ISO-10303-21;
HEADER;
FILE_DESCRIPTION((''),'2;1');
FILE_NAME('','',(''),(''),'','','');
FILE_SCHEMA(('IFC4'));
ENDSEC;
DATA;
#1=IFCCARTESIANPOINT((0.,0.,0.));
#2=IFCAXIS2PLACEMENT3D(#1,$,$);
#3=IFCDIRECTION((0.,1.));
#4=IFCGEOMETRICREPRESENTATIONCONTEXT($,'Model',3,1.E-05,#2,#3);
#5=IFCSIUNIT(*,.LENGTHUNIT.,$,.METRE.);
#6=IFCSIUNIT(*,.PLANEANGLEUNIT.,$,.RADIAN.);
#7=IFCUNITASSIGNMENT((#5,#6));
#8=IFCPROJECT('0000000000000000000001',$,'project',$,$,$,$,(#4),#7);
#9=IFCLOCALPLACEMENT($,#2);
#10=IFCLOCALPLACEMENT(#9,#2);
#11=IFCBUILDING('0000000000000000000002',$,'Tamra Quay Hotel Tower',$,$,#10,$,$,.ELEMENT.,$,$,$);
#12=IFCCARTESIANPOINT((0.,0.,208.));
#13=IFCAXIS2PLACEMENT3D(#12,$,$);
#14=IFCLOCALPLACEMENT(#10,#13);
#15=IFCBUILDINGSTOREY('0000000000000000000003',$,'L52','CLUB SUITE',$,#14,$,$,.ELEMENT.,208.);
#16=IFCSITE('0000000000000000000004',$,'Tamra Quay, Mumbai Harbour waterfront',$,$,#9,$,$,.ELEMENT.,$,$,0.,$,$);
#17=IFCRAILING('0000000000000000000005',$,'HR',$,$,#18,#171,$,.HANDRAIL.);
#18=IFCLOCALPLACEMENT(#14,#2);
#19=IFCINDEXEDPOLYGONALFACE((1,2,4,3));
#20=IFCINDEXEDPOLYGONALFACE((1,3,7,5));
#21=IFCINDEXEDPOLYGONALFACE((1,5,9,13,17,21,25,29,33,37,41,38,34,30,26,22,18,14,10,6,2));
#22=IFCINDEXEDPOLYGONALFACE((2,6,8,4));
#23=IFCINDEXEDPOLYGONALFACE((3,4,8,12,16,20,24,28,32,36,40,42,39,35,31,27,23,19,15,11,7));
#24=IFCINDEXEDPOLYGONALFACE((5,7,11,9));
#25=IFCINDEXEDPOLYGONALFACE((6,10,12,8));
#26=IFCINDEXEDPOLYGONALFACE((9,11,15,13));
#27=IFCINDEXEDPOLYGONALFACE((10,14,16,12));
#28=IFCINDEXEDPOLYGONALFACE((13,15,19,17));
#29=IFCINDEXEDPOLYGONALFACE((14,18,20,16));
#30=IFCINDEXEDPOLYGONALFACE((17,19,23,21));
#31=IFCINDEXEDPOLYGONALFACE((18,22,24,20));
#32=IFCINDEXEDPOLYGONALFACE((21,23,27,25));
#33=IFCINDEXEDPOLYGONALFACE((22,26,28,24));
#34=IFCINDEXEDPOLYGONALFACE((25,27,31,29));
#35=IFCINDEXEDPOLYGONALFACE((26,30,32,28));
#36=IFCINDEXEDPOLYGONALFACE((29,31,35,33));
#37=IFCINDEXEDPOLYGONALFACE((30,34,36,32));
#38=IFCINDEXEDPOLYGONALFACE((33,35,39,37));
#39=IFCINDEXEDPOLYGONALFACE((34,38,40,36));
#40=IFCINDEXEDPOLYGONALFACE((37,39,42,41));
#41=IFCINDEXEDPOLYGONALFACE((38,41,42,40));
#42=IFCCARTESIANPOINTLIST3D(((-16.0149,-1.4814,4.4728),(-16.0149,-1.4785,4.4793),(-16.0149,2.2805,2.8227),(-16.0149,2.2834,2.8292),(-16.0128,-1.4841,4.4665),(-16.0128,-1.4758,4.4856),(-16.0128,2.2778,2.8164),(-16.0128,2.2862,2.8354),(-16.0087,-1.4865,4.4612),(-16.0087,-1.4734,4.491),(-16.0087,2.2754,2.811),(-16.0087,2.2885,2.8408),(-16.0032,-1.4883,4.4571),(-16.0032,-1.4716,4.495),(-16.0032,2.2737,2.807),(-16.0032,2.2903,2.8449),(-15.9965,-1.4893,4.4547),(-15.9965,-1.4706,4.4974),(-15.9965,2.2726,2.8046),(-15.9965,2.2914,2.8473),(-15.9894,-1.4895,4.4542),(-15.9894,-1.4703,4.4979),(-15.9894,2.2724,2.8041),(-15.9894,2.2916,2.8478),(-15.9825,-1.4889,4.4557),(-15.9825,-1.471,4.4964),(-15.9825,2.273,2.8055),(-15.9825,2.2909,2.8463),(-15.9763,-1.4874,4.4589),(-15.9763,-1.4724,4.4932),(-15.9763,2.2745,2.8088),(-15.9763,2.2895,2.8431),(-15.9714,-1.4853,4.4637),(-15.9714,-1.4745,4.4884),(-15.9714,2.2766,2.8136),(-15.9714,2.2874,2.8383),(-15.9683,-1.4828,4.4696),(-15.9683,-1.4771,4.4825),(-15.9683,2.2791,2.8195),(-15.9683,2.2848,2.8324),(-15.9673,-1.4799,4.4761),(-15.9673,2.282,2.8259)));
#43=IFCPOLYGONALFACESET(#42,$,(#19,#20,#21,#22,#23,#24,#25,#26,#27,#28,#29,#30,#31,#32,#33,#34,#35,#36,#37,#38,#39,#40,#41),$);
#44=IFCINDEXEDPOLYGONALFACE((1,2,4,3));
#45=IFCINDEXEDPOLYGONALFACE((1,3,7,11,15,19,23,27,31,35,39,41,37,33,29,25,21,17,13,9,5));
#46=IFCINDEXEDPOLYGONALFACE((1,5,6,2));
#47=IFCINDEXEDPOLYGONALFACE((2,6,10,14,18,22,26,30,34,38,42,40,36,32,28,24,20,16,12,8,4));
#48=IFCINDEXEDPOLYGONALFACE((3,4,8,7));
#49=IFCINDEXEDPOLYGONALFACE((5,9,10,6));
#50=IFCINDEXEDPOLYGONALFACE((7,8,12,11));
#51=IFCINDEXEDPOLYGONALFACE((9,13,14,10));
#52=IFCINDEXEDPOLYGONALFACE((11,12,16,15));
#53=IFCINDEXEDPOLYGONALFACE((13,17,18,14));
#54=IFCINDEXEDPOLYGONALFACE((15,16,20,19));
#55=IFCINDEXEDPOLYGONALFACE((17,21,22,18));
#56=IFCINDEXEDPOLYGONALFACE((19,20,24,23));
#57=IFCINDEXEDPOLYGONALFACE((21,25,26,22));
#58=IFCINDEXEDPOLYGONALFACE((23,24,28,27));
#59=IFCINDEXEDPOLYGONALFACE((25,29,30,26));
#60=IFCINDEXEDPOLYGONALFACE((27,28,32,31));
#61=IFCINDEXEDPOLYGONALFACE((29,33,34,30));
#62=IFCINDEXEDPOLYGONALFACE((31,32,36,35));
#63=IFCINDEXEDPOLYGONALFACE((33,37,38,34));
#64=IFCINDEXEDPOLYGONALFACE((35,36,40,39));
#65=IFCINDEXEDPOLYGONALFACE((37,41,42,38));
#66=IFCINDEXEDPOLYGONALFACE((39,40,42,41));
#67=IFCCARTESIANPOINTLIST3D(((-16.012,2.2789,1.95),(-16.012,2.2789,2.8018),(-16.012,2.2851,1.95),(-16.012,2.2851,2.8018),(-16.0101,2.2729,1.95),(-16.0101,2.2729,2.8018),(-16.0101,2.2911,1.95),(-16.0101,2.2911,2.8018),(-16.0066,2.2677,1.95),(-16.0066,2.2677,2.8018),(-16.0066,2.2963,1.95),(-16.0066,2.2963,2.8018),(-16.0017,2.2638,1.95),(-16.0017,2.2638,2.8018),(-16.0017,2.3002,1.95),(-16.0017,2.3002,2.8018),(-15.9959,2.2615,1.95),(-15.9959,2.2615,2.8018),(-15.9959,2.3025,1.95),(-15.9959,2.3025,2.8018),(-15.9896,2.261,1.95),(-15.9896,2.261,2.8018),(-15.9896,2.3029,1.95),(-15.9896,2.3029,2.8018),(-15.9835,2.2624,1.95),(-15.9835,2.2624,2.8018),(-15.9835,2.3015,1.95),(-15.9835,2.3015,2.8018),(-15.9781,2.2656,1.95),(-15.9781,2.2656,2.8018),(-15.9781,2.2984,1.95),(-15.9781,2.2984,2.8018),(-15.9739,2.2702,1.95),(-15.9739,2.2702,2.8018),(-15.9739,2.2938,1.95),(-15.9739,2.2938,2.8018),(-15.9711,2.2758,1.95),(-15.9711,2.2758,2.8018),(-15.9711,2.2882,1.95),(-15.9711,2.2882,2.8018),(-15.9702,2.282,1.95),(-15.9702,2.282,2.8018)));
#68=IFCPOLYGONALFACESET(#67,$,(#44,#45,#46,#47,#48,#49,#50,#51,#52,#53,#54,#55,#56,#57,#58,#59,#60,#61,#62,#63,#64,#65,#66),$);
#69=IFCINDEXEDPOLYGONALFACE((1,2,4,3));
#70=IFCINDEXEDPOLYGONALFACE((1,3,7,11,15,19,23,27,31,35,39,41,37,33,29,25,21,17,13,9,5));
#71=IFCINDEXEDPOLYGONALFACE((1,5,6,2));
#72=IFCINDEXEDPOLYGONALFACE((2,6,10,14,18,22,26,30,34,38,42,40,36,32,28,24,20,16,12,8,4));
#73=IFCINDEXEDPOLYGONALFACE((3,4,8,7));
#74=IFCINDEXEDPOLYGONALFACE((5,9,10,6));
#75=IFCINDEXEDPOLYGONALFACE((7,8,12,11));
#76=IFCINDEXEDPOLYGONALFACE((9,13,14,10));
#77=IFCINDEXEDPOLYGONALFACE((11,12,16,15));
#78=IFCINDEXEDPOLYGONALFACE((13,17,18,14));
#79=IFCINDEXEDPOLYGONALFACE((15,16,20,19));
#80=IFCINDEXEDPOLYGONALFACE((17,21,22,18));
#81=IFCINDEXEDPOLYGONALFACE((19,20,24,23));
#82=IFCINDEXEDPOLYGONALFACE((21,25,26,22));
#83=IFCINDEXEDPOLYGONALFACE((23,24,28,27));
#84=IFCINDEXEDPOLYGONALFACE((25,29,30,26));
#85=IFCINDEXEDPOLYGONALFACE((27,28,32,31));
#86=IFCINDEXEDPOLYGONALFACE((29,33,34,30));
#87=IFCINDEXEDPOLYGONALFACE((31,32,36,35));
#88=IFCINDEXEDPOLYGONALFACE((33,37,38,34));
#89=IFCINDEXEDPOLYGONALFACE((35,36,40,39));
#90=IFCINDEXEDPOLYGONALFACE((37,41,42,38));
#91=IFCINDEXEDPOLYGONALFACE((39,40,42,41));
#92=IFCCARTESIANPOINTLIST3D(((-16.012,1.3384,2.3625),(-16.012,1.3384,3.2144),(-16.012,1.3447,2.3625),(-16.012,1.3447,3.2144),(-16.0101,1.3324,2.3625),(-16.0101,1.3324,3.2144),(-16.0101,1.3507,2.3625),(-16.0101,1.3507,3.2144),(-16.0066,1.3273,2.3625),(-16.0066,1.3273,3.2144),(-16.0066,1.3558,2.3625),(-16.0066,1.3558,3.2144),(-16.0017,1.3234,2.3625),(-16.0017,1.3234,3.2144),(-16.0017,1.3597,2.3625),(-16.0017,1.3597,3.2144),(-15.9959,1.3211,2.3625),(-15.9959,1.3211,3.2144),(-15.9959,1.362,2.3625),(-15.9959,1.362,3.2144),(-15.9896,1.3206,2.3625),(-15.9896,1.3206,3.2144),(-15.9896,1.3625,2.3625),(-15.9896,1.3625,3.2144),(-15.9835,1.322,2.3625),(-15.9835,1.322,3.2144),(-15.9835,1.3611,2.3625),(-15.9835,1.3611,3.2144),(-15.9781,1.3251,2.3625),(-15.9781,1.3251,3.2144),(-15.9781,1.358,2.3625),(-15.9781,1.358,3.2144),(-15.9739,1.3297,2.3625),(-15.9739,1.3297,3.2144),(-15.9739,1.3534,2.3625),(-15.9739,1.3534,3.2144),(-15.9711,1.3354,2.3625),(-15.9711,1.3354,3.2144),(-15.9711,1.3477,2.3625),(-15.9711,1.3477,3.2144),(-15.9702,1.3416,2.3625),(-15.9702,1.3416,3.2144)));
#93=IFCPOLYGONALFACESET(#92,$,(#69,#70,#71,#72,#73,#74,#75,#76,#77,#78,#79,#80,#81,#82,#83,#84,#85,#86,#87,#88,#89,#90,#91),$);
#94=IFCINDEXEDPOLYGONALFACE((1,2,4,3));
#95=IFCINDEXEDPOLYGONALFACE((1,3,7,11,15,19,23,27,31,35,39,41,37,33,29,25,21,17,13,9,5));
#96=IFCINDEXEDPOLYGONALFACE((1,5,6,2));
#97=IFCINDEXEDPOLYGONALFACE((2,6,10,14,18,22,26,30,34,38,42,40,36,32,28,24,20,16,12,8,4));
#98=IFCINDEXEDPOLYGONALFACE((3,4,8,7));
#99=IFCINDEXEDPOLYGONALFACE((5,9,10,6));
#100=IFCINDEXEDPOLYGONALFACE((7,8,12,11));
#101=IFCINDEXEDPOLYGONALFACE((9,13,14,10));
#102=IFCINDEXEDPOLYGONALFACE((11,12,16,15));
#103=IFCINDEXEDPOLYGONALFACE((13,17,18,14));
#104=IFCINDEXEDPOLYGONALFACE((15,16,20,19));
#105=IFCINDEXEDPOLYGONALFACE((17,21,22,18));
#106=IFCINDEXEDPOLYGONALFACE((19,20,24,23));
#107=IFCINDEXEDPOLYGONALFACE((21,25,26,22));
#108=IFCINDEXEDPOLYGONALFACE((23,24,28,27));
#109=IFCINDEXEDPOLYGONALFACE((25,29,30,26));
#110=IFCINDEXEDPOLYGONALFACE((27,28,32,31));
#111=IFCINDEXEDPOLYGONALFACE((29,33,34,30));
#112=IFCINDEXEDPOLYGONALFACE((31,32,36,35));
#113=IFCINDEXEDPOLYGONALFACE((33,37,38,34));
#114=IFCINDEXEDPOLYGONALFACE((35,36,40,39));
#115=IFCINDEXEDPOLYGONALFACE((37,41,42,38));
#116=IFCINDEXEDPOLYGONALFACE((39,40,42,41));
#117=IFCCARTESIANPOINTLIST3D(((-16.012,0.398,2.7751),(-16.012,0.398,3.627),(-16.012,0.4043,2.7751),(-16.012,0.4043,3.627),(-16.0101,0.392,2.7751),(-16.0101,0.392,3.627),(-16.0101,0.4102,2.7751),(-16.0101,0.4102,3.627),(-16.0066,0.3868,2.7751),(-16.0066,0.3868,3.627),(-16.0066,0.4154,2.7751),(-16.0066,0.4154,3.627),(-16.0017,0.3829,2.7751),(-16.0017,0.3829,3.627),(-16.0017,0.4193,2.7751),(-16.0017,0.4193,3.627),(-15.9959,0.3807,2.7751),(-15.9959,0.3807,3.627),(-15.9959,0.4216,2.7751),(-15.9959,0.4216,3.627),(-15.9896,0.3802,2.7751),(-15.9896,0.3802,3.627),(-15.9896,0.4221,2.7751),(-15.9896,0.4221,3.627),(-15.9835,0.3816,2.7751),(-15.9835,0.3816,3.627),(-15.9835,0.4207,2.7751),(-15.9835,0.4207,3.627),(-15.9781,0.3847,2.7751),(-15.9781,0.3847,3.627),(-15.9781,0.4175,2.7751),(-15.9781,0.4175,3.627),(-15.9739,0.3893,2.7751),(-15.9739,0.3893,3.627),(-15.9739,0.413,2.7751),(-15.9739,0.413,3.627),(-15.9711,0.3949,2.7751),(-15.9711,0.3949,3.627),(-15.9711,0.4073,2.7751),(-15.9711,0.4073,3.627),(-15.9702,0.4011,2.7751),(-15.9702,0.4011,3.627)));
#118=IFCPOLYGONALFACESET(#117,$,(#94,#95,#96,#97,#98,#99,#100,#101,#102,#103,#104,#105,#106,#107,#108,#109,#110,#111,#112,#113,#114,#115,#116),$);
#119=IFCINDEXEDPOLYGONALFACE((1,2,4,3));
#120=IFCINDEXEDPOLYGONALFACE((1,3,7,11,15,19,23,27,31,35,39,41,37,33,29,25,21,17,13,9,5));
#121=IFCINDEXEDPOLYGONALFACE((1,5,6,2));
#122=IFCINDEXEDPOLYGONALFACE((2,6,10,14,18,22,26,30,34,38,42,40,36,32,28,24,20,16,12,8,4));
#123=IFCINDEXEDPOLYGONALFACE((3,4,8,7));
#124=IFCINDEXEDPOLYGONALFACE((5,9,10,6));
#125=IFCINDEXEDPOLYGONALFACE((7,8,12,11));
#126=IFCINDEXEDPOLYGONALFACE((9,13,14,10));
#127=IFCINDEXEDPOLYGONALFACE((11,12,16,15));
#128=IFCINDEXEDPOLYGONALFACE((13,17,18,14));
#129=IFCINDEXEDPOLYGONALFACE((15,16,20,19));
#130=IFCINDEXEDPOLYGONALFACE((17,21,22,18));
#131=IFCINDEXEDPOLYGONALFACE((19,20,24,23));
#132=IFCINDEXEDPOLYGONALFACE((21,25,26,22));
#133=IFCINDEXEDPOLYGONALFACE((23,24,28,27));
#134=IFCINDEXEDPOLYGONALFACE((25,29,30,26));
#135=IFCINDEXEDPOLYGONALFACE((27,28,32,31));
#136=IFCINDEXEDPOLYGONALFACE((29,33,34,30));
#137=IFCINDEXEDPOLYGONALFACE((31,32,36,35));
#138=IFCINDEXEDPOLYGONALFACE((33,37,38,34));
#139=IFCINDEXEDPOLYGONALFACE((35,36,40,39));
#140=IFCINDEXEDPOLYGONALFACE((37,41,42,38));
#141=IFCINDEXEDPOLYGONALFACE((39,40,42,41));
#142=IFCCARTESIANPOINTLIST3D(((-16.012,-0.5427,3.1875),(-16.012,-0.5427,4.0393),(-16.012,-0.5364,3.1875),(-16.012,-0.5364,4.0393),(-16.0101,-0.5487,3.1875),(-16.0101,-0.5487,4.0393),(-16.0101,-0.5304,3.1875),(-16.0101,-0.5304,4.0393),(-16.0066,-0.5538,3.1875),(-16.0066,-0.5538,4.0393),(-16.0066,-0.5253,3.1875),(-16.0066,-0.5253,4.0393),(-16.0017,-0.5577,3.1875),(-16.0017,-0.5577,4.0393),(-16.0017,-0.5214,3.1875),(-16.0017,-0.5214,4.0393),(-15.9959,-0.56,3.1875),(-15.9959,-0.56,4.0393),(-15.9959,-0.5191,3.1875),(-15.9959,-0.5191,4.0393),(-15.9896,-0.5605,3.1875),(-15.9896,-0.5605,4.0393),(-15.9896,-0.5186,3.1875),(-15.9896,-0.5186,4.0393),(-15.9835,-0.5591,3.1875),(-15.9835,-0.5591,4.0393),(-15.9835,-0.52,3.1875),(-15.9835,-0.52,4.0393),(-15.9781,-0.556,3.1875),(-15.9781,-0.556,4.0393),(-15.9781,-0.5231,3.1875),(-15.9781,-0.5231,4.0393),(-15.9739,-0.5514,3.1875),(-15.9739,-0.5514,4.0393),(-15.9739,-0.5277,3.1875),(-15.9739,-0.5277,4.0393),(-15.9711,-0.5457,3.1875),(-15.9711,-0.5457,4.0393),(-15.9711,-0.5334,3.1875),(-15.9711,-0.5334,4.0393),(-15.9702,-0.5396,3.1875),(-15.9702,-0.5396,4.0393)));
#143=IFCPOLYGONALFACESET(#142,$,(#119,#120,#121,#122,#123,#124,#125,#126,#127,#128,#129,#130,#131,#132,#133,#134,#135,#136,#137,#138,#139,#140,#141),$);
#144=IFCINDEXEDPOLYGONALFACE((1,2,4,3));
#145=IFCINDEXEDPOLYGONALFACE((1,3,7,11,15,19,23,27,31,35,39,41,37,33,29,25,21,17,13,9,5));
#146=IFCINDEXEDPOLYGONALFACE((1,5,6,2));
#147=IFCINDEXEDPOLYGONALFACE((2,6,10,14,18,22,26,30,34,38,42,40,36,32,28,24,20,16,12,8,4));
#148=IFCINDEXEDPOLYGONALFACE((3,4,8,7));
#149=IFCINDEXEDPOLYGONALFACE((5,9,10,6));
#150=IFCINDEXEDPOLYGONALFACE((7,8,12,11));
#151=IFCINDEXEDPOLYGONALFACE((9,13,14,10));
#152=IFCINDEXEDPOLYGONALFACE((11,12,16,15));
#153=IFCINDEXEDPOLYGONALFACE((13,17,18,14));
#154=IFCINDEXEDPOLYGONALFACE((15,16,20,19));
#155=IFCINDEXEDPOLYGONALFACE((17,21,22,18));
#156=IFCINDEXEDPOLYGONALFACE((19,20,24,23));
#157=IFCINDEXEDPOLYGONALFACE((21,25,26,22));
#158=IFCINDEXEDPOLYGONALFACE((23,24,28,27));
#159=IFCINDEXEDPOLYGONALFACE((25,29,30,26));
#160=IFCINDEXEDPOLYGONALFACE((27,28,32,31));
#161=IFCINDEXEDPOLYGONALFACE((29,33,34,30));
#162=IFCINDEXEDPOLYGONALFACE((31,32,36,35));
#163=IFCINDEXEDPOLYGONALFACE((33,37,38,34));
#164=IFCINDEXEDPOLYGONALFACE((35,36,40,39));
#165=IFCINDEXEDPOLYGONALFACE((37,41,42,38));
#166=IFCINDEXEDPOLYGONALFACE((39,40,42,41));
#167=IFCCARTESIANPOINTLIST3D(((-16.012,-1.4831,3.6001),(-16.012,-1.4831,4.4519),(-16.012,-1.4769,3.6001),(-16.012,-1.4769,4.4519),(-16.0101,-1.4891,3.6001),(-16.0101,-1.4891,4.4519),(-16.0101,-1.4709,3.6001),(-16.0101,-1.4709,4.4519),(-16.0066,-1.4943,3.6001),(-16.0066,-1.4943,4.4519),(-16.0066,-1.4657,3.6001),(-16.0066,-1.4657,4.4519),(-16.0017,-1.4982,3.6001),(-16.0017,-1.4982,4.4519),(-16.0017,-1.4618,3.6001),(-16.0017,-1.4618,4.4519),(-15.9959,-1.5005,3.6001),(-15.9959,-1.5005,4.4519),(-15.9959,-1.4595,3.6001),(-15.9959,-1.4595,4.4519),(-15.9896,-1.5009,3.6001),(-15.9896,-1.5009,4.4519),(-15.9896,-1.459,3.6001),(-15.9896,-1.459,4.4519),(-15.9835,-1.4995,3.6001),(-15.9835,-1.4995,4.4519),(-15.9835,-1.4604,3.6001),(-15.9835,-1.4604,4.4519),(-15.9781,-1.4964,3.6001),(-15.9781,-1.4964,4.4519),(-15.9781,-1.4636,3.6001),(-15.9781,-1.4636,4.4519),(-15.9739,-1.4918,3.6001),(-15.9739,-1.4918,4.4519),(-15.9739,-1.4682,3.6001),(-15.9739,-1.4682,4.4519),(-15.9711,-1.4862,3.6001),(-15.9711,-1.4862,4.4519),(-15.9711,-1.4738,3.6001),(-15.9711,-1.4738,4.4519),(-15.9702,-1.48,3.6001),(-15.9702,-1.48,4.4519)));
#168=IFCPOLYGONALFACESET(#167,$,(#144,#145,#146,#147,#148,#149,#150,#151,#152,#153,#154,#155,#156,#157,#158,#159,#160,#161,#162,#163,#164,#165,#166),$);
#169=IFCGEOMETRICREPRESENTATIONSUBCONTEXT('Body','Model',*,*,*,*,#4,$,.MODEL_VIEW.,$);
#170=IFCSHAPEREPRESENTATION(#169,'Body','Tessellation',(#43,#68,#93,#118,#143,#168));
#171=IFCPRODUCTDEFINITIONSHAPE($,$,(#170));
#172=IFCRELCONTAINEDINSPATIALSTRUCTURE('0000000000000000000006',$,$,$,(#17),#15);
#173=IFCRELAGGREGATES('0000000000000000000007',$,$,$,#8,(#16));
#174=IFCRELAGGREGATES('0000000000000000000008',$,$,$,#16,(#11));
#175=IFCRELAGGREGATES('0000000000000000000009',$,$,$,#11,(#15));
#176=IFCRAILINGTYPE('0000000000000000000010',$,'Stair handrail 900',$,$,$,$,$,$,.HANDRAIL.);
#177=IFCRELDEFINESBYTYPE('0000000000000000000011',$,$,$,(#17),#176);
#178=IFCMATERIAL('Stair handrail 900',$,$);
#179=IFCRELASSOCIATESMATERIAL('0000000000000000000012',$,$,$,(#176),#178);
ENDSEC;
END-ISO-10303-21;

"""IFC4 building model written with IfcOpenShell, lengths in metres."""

from ifc_helpers import new_model, si_unit, direction, frame, origin, origin_2d, place, context, subcontext, project, spatial, circle, extrude, material, type_object, element, save


model = new_model("IFC4")

# Units and contexts
model_context = context("Model", 3, precision=1e-05, world=origin(), true_north=direction((0.0, 1.0)))
body_context = subcontext(model_context, "Body", "Model", "MODEL_VIEW")
ifc_project = project(units=[si_unit("LENGTHUNIT", "METRE"), si_unit("PLANEANGLEUNIT", "RADIAN")], contexts=[model_context])

# Site, building, storey
site_placement = place(None, origin())
site = spatial("IfcSite", under=ifc_project, at=site_placement, Name="Tamra Quay, Mumbai Harbour waterfront", CompositionType="ELEMENT", RefElevation=0.0)
building_placement = place(site_placement, origin())
building = spatial("IfcBuilding", under=site, at=building_placement, Name="Tamra Quay Hotel Tower", CompositionType="ELEMENT")
storey_placement = place(building_placement, frame((0.0, 0.0, 208.0)))
storey = spatial("IfcBuildingStorey", under=building, at=storey_placement, Name="L52", Description="CLUB SUITE", CompositionType="ELEMENT", Elevation=208.0)

# Railing
ifc_material_1 = material(Name="Stair handrail 900")
railing_type = type_object("IfcRailingType", Name="Stair handrail 900", PredefinedType="HANDRAIL", material=ifc_material_1)
railing_placement = place(storey_placement, frame((-15.9912, 2.282, 1.95)))
element("IfcRailing", 1, at=railing_placement, inside=storey, type_object=railing_type, Name="HR", PredefinedType="HANDRAIL", context=body_context, shape_type="SweptSolid", body=[
    extrude(circle(Radius=0.0239, at=origin_2d()), frame((0.0, 0.0, 0.876), z_axis=(0.0, -0.915774, 0.401695), x_axis=(1.0, 0.0, 0.0)), (0.0, 0.0, 1.0), 4.1079),
    extrude(circle(Radius=0.021, at=origin_2d()), origin(), (0.0, 0.0, 1.0), 0.8518),
    extrude(circle(Radius=0.021, at=origin_2d()), frame((0.0, -0.9404, 0.4126)), (0.0, 0.0, 1.0), 0.8518),
    extrude(circle(Radius=0.021, at=origin_2d()), frame((0.0, -1.8809, 0.8252)), (0.0, 0.0, 1.0), 0.8518),
    extrude(circle(Radius=0.021, at=origin_2d()), frame((0.0, -2.8215, 1.2375)), (0.0, 0.0, 1.0), 0.8518),
    extrude(circle(Radius=0.021, at=origin_2d()), frame((0.0, -3.762, 1.6501)), (0.0, 0.0, 1.0), 0.8518),
])

save(model, "model.ifc")
